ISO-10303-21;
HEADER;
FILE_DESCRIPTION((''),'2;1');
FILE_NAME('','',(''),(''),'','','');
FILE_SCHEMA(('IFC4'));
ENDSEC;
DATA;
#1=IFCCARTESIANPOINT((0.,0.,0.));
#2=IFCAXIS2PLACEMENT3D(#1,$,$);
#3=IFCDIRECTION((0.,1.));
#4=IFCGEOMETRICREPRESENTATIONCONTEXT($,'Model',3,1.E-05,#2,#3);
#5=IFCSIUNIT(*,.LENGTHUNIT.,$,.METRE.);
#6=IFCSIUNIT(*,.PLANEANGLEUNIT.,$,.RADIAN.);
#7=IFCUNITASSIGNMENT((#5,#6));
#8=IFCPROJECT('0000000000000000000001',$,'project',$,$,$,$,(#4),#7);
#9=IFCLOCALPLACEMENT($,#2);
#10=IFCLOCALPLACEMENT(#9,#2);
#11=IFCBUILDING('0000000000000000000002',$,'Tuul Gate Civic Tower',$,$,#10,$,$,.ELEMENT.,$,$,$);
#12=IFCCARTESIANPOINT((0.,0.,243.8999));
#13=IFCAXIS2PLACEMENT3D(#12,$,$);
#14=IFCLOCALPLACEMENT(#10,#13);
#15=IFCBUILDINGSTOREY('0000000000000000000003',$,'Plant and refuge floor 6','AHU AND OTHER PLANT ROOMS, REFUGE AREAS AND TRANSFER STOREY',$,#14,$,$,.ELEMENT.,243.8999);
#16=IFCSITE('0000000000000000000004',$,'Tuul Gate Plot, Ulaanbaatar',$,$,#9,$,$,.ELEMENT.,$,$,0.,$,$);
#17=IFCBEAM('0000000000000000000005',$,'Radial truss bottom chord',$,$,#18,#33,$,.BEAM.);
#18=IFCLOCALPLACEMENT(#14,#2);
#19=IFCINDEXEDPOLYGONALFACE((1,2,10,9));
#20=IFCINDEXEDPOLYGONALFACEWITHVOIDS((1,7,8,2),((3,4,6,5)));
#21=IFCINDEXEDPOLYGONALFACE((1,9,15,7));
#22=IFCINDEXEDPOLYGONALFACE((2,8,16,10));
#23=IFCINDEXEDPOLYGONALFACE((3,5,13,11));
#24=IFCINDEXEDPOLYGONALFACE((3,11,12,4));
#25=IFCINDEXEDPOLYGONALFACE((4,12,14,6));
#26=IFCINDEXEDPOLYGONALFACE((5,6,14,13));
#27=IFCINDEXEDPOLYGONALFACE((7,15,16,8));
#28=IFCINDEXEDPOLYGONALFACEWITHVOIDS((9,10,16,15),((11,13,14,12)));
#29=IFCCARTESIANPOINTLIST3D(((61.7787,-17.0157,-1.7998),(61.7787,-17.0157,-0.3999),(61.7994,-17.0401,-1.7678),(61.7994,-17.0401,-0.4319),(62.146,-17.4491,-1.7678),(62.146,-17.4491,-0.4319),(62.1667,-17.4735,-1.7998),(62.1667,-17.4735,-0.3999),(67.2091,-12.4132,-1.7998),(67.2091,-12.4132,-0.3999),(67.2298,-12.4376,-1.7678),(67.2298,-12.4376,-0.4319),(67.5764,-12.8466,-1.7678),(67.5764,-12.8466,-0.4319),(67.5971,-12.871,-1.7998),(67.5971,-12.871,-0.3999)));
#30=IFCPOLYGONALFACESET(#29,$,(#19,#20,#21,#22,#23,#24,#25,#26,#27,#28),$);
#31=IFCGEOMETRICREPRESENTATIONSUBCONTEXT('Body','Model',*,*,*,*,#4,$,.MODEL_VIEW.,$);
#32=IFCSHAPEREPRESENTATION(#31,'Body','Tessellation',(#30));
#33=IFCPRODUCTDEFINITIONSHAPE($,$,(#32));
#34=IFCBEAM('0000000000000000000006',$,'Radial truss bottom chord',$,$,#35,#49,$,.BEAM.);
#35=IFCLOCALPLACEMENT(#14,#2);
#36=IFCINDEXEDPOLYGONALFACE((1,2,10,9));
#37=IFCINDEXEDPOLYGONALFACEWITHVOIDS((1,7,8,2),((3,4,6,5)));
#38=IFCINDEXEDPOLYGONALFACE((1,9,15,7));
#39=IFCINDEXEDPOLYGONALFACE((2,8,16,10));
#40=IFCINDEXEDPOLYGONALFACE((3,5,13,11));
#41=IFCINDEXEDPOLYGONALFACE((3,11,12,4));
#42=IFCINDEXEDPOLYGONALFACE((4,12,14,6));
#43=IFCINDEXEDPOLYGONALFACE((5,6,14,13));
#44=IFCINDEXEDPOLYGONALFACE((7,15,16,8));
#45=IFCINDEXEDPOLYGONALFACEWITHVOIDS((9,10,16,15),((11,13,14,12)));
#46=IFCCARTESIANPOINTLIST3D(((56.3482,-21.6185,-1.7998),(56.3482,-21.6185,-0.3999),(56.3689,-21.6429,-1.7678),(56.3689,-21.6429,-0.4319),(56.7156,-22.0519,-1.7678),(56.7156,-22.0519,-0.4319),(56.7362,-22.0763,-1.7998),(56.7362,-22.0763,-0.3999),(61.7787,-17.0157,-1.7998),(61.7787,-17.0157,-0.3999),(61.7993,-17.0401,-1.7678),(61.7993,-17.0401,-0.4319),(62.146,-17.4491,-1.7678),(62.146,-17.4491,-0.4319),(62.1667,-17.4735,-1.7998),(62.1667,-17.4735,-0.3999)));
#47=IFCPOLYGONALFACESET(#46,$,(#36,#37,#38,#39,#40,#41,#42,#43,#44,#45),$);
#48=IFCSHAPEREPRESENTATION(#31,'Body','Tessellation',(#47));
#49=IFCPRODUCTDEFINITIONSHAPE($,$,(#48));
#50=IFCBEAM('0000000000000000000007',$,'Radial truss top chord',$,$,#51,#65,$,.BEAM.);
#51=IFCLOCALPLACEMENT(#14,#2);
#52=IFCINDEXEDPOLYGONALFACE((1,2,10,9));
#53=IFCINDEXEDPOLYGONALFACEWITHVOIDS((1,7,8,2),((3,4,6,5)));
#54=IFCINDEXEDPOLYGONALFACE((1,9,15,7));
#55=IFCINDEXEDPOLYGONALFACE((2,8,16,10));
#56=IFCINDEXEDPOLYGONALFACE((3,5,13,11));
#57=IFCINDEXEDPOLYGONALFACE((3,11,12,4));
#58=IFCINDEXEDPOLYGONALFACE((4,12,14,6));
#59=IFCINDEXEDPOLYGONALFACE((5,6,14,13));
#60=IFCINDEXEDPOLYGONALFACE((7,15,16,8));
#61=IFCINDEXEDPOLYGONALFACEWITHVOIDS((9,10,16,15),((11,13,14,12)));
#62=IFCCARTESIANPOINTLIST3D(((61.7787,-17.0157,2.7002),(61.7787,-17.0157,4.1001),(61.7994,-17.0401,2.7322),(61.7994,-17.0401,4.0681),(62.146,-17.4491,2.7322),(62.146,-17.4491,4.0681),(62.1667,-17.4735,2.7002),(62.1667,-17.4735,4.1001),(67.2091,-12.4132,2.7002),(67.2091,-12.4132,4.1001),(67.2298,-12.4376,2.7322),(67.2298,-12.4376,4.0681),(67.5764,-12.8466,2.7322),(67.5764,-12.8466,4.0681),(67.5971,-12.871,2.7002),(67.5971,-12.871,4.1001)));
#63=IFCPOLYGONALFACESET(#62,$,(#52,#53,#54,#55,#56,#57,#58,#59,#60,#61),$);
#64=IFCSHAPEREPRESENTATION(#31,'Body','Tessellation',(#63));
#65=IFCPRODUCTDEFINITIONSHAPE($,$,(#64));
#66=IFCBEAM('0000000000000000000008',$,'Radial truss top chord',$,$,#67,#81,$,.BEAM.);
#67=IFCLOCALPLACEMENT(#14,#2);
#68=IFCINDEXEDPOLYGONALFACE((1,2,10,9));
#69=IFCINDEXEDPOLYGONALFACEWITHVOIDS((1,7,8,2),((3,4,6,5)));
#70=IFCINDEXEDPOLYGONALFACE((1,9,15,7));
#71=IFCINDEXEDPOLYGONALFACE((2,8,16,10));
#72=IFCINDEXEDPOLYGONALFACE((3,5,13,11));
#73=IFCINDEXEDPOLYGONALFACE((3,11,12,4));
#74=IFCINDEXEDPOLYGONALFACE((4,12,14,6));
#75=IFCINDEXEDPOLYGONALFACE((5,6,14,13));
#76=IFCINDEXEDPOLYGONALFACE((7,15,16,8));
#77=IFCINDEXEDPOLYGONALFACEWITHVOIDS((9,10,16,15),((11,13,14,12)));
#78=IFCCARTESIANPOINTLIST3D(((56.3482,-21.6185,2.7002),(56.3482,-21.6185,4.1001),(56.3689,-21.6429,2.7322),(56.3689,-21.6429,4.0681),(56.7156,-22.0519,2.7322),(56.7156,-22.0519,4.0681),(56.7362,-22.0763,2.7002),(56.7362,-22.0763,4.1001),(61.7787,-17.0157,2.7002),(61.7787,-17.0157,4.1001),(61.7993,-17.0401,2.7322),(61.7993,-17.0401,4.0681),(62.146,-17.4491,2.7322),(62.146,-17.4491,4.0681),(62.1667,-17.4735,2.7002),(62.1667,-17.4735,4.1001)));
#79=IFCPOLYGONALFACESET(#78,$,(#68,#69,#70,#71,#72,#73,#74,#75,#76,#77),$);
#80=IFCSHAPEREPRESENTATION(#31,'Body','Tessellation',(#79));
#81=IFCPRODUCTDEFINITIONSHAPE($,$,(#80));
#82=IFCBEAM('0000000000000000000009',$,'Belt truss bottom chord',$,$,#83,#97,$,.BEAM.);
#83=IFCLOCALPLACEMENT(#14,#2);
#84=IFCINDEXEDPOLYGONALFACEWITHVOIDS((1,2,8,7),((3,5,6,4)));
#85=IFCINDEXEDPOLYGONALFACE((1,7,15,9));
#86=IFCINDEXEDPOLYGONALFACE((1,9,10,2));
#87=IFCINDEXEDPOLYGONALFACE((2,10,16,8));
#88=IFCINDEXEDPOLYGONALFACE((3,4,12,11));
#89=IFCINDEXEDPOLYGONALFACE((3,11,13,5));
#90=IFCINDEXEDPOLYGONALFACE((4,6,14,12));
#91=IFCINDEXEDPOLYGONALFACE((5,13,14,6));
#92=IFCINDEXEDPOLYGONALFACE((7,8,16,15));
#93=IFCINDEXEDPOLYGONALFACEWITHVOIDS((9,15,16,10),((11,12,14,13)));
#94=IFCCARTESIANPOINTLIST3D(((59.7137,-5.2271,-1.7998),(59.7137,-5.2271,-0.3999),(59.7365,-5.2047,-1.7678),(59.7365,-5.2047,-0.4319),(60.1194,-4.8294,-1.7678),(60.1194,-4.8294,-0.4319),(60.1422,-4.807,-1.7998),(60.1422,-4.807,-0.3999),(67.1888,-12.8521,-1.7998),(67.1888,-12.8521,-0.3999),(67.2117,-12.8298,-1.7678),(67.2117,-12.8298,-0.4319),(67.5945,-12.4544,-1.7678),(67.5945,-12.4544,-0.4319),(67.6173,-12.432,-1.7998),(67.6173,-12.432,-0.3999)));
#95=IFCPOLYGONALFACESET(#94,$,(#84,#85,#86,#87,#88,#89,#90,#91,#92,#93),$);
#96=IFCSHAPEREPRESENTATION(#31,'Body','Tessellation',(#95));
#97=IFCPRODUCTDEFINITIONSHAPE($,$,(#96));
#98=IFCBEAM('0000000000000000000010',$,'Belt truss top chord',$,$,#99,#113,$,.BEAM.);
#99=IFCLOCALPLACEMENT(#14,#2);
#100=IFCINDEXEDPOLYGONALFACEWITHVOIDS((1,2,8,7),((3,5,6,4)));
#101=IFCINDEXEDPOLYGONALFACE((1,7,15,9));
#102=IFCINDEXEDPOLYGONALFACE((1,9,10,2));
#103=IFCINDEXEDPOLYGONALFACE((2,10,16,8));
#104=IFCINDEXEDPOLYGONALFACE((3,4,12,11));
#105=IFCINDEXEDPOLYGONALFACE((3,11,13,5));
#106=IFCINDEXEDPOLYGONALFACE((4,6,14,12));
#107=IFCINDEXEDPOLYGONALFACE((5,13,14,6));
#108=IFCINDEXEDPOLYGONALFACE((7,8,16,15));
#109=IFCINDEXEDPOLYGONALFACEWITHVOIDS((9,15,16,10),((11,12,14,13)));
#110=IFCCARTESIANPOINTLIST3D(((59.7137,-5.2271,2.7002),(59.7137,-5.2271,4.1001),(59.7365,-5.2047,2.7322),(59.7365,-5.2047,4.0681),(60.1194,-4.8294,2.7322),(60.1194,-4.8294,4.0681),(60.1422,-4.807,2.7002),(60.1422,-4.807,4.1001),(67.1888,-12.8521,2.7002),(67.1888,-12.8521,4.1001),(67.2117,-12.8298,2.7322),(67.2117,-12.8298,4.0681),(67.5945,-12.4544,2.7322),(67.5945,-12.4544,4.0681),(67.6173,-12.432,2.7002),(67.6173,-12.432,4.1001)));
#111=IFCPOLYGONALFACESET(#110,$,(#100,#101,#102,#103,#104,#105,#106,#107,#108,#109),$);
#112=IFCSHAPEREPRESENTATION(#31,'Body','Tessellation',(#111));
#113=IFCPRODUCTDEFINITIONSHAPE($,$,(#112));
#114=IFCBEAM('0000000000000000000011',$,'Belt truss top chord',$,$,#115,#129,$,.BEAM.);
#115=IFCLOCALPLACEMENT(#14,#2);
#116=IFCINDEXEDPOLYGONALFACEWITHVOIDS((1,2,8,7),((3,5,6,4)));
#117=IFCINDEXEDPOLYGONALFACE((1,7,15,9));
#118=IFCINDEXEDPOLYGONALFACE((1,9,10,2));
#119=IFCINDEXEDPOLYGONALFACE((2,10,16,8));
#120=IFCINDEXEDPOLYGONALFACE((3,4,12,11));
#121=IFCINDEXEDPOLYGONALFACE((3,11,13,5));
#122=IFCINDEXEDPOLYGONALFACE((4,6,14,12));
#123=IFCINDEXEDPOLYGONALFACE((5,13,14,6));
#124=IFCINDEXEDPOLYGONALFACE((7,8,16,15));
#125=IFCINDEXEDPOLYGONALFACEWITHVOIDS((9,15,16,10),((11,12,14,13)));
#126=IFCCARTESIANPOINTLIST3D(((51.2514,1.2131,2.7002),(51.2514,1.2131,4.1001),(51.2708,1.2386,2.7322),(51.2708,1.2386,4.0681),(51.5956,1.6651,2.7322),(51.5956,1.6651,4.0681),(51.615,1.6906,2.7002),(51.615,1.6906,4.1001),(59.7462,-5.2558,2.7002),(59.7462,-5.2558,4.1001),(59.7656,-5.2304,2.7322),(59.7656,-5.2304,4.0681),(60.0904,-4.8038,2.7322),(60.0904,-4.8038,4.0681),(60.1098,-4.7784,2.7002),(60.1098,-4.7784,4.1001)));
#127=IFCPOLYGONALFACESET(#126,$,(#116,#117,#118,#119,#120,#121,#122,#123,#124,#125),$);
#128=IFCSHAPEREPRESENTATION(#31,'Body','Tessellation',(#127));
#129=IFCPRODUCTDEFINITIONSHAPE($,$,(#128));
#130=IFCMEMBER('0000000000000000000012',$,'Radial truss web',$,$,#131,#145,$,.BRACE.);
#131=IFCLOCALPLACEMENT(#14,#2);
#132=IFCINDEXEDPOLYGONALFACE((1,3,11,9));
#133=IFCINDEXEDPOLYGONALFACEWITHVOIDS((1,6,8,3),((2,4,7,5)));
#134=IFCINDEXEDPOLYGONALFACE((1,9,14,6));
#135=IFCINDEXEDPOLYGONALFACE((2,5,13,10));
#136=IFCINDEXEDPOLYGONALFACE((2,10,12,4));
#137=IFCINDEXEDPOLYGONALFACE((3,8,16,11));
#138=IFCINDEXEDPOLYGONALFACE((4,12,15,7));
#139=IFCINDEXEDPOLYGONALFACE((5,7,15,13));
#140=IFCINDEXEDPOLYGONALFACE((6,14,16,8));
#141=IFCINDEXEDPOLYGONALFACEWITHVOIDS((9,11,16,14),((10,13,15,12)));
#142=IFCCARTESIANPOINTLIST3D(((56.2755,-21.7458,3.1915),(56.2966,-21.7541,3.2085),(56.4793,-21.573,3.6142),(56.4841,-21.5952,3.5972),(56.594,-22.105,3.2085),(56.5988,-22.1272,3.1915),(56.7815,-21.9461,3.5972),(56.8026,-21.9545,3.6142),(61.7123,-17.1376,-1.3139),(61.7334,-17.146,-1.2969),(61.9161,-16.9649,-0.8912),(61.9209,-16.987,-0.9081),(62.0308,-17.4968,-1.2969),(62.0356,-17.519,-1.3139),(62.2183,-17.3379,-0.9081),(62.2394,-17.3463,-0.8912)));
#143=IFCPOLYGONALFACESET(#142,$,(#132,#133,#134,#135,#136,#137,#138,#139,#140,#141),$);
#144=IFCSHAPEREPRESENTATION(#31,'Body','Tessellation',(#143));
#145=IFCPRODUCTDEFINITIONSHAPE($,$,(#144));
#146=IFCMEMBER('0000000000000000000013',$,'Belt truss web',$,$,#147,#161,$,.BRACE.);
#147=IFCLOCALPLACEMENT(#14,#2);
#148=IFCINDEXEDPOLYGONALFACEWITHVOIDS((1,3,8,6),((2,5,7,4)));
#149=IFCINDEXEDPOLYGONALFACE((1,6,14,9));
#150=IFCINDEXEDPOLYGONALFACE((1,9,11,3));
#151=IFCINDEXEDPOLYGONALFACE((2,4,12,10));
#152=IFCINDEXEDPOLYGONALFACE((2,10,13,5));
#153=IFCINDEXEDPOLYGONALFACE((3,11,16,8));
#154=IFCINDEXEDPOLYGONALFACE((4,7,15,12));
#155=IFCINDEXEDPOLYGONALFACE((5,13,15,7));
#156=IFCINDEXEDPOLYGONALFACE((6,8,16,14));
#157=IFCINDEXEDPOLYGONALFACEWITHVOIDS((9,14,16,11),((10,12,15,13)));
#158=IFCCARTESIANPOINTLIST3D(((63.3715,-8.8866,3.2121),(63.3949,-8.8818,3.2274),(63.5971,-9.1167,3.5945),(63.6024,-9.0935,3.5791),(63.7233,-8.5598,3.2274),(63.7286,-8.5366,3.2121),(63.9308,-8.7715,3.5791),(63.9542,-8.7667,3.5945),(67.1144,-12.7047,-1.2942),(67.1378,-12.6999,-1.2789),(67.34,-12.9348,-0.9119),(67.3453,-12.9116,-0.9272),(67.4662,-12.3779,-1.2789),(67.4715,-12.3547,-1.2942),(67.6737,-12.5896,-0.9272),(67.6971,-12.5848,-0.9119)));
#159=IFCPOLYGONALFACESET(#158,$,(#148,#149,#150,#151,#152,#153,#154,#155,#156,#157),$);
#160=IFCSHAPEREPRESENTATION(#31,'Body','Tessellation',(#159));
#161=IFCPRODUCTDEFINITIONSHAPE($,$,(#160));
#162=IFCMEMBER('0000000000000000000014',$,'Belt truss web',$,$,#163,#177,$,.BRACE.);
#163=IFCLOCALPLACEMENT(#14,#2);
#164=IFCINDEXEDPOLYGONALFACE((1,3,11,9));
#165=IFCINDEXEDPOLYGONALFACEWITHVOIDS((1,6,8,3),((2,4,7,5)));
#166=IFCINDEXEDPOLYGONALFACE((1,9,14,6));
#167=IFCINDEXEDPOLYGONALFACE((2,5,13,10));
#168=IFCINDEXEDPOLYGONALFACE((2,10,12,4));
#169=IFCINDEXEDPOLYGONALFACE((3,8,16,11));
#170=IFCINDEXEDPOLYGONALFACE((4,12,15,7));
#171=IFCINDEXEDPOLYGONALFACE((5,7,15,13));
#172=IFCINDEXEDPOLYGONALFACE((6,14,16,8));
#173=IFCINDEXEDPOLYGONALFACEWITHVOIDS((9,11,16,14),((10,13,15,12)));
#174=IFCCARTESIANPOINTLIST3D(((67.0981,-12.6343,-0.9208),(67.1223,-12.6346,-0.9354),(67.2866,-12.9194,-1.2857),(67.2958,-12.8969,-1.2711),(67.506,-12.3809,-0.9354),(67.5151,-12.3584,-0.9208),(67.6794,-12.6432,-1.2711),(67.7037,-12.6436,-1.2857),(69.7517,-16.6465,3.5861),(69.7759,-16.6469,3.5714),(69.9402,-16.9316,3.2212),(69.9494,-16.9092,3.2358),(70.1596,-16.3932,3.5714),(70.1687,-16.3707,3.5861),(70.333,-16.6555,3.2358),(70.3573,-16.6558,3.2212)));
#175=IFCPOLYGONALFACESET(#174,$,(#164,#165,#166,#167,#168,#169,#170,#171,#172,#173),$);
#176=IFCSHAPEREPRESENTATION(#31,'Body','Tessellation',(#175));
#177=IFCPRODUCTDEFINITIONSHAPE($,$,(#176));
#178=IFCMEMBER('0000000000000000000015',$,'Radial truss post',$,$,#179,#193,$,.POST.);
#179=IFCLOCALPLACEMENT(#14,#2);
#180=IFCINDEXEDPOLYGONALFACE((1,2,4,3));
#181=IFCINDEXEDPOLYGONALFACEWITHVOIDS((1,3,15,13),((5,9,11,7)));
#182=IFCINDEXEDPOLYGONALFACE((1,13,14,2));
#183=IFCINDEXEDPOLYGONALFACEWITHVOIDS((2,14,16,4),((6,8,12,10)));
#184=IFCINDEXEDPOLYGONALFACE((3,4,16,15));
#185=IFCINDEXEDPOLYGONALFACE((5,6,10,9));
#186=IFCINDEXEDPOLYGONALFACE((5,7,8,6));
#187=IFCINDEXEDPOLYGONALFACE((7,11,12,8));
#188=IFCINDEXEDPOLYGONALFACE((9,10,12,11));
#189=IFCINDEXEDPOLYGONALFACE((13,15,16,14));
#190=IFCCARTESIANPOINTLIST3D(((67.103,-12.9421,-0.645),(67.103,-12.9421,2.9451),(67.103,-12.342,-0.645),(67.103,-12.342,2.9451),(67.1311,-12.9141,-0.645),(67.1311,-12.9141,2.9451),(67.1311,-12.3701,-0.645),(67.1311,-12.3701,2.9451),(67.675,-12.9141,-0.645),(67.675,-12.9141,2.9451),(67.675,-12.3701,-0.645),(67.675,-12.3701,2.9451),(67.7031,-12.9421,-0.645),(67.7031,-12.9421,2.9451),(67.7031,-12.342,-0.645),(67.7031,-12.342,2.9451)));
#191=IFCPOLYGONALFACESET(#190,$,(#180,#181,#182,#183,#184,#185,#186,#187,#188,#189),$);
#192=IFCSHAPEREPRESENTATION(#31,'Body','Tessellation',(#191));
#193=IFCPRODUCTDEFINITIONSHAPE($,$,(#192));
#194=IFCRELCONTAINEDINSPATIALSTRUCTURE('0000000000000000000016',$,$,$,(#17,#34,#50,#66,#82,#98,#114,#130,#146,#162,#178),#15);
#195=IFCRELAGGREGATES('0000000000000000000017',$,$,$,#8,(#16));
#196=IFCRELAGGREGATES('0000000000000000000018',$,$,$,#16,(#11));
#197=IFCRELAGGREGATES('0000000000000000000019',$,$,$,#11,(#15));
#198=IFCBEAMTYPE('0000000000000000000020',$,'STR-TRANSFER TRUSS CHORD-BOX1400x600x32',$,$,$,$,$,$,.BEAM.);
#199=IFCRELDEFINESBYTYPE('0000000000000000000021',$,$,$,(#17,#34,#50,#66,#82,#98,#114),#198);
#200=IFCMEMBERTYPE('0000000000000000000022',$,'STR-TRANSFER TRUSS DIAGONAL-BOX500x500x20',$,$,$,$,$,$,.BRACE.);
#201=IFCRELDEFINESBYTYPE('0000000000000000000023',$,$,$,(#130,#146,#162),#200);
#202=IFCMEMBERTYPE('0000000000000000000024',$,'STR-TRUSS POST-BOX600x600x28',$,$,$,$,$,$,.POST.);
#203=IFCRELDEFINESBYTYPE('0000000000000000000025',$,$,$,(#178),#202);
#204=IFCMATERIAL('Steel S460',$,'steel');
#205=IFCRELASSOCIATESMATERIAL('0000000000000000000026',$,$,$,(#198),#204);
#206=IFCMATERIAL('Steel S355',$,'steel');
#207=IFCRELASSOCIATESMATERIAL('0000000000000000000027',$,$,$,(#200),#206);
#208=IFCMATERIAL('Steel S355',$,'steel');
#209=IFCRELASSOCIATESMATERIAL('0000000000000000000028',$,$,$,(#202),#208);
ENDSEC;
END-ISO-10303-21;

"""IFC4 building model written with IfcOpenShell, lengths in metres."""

from ifc_helpers import new_model, si_unit, direction, frame, origin, origin_2d, place, context, subcontext, project, spatial, hollow_rectangle, extrude, material, material_profile, profile_set, type_object, element, save


model = new_model("IFC4")

# Units and contexts
model_context = context("Model", 3, precision=1e-05, world=origin(), true_north=direction((0.0, 1.0)))
body_context = subcontext(model_context, "Body", "Model", "MODEL_VIEW")
ifc_project = project(units=[si_unit("LENGTHUNIT", "METRE"), si_unit("PLANEANGLEUNIT", "RADIAN")], contexts=[model_context])

# Site, building, storey
site_placement = place(None, origin())
site = spatial("IfcSite", under=ifc_project, at=site_placement, Name="Tuul Gate Plot, Ulaanbaatar", CompositionType="ELEMENT", RefElevation=0.0)
building_placement = place(site_placement, origin())
building = spatial("IfcBuilding", under=site, at=building_placement, Name="Tuul Gate Civic Tower", CompositionType="ELEMENT")
storey_placement = place(building_placement, frame((0.0, 0.0, 243.8999)))
storey = spatial("IfcBuildingStorey", under=building, at=storey_placement, Name="Plant and refuge floor 6", Description="AHU AND OTHER PLANT ROOMS, REFUGE AREAS AND TRANSFER STOREY", CompositionType="ELEMENT", Elevation=243.8999)

# Beams
ifc_material_1 = material(Name="Steel S460", Category="steel")
ifc_material_profile_1 = material_profile(ifc_material_1, hollow_rectangle(XDim=0.6001, YDim=1.3999, WallThickness=0.032, at=origin_2d()), Name="BOX1400x600x32")
ifc_profile_set_1 = profile_set([ifc_material_profile_1], Name="Steel S460")
beam_type = type_object("IfcBeamType", Name="STR-TRANSFER TRUSS CHORD-BOX1400x600x32", PredefinedType="BEAM", material=ifc_profile_set_1)
beam_1_placement = place(storey_placement, frame((67.4031, -12.6421, -1.0999), z_axis=(-0.762862, -0.646562, 0.0), x_axis=(0.646562, -0.762862, 0.0)))
element("IfcBeam", 1, at=beam_1_placement, inside=storey, type_object=beam_type, Name="Radial truss bottom chord", PredefinedType="BEAM", context=body_context, shape_type="SweptSolid", body=[
    extrude(hollow_rectangle(XDim=0.6001, YDim=1.3999, WallThickness=0.032, at=origin_2d()), origin(), (0.0, 0.0, 1.0), 7.1184),
])
beam_2_placement = place(storey_placement, frame((61.9727, -17.2446, -1.0999), z_axis=(-0.762845, -0.646582, 0.0), x_axis=(0.646582, -0.762845, 0.0)))
element("IfcBeam", 2, at=beam_2_placement, inside=storey, type_object=beam_type, Name="Radial truss bottom chord", PredefinedType="BEAM", context=body_context, shape_type="SweptSolid", body=[
    extrude(hollow_rectangle(XDim=0.6001, YDim=1.3999, WallThickness=0.032, at=origin_2d()), origin(), (0.0, 0.0, 1.0), 7.1187),
])
beam_3_placement = place(storey_placement, frame((67.4031, -12.6421, 3.4001), z_axis=(-0.762862, -0.646562, 0.0), x_axis=(0.646562, -0.762862, 0.0)))
element("IfcBeam", 3, at=beam_3_placement, inside=storey, type_object=beam_type, Name="Radial truss top chord", PredefinedType="BEAM", context=body_context, shape_type="SweptSolid", body=[
    extrude(hollow_rectangle(XDim=0.6001, YDim=1.3999, WallThickness=0.032, at=origin_2d()), origin(), (0.0, 0.0, 1.0), 7.1184),
])
beam_4_placement = place(storey_placement, frame((61.9727, -17.2446, 3.4001), z_axis=(-0.762845, -0.646582, 0.0), x_axis=(0.646582, -0.762845, 0.0)))
element("IfcBeam", 4, at=beam_4_placement, inside=storey, type_object=beam_type, Name="Radial truss top chord", PredefinedType="BEAM", context=body_context, shape_type="SweptSolid", body=[
    extrude(hollow_rectangle(XDim=0.6001, YDim=1.3999, WallThickness=0.032, at=origin_2d()), origin(), (0.0, 0.0, 1.0), 7.1187),
])
for number, where, z_axis, x_axis, name in (
    (5, (67.4031, -12.6421, -1.0999), (-0.700053, 0.714091, 0.0), (-0.714091, -0.700053, 0.0), "Belt truss bottom chord"),
    (6, (67.4031, -12.6421, 3.4001), (-0.700053, 0.714091, 0.0), (-0.714091, -0.700053, 0.0), "Belt truss top chord"),
):
    element("IfcBeam", number, at=place(storey_placement, frame(where, z_axis=z_axis, x_axis=x_axis)), inside=storey, type_object=beam_type, Name=name, PredefinedType="BEAM", context=body_context, shape_type="SweptSolid", body=[
        extrude(hollow_rectangle(XDim=0.6001, YDim=1.3999, WallThickness=0.032, at=origin_2d()), origin(), (0.0, 0.0, 1.0), 10.678),
    ])
beam_5_placement = place(storey_placement, frame((59.928, -5.0171, 3.4001), z_axis=(-0.79558, 0.605848, 0.0), x_axis=(-0.605848, -0.79558, 0.0)))
element("IfcBeam", 7, at=beam_5_placement, inside=storey, type_object=beam_type, Name="Belt truss top chord", PredefinedType="BEAM", context=body_context, shape_type="SweptSolid", body=[
    extrude(hollow_rectangle(XDim=0.6001, YDim=1.3999, WallThickness=0.032, at=origin_2d()), origin(), (0.0, 0.0, 1.0), 10.6775),
])

# Members
ifc_material_2 = material(Name="Steel S355", Category="steel")
ifc_material_profile_2 = material_profile(ifc_material_2, hollow_rectangle(XDim=0.5, YDim=0.5, WallThickness=0.02, at=origin_2d()), Name="BOX500x500x20")
ifc_profile_set_2 = profile_set([ifc_material_profile_2], Name="Steel S355")
member_type_1 = type_object("IfcMemberType", Name="STR-TRANSFER TRUSS DIAGONAL-BOX500x500x20", PredefinedType="BRACE", material=ifc_profile_set_2)
member_1_placement = place(storey_placement, frame((61.9758, -17.2419, -1.1025), z_axis=(-0.644808, -0.546534, 0.534343), x_axis=(0.646581, -0.762845, 0.0)))
element("IfcMember", 8, at=member_1_placement, inside=storey, type_object=member_type_1, Name="Radial truss web", PredefinedType="BRACE", context=body_context, shape_type="SweptSolid", body=[
    extrude(hollow_rectangle(XDim=0.5, YDim=0.5, WallThickness=0.02, at=origin_2d()), origin(), (0.0, 0.0, 1.0), 8.4316),
])
member_2_placement = place(storey_placement, frame((67.4058, -12.6448, -1.103), z_axis=(-0.535279, 0.546032, 0.644457), x_axis=(-0.714104, -0.70004, 0.0)))
element("IfcMember", 9, at=member_2_placement, inside=storey, type_object=member_type_1, Name="Belt truss web", PredefinedType="BRACE", context=body_context, shape_type="SweptSolid", body=[
    extrude(hollow_rectangle(XDim=0.5, YDim=0.5, WallThickness=0.02, at=origin_2d()), origin(), (0.0, 0.0, 1.0), 6.9924),
])
member_3_placement = place(storey_placement, frame((67.4009, -12.6389, -1.1033), z_axis=(0.40256, -0.608674, 0.683712), x_axis=(0.834083, 0.55164, 0.0)))
element("IfcMember", 10, at=member_3_placement, inside=storey, type_object=member_type_1, Name="Belt truss web", PredefinedType="BRACE", context=body_context, shape_type="SweptSolid", body=[
    extrude(hollow_rectangle(XDim=0.5, YDim=0.5, WallThickness=0.02, at=origin_2d()), origin(), (0.0, 0.0, 1.0), 6.5918),
])
ifc_material_3 = material(Name="Steel S355", Category="steel")
ifc_material_profile_3 = material_profile(ifc_material_3, hollow_rectangle(XDim=0.6001, YDim=0.6001, WallThickness=0.0281, at=origin_2d()), Name="BOX600x600x28")
ifc_profile_set_3 = profile_set([ifc_material_profile_3], Name="Steel S355")
member_type_2 = type_object("IfcMemberType", Name="STR-TRUSS POST-BOX600x600x28", PredefinedType="POST", material=ifc_profile_set_3)
for number, where, z_axis, x_axis, name in (
    (11, (67.4031, -12.6421, -0.645), (0.0, 0.0, 1.0), (1.0, 0.0, 0.0), "Radial truss post"),
):
    element("IfcMember", number, at=place(storey_placement, frame(where, z_axis=z_axis, x_axis=x_axis)), inside=storey, type_object=member_type_2, Name=name, PredefinedType="POST", context=body_context, shape_type="SweptSolid", body=[
        extrude(hollow_rectangle(XDim=0.6001, YDim=0.6001, WallThickness=0.0281, at=origin_2d()), origin(), (0.0, 0.0, 1.0), 3.5901),
    ])

save(model, "model.ifc")
